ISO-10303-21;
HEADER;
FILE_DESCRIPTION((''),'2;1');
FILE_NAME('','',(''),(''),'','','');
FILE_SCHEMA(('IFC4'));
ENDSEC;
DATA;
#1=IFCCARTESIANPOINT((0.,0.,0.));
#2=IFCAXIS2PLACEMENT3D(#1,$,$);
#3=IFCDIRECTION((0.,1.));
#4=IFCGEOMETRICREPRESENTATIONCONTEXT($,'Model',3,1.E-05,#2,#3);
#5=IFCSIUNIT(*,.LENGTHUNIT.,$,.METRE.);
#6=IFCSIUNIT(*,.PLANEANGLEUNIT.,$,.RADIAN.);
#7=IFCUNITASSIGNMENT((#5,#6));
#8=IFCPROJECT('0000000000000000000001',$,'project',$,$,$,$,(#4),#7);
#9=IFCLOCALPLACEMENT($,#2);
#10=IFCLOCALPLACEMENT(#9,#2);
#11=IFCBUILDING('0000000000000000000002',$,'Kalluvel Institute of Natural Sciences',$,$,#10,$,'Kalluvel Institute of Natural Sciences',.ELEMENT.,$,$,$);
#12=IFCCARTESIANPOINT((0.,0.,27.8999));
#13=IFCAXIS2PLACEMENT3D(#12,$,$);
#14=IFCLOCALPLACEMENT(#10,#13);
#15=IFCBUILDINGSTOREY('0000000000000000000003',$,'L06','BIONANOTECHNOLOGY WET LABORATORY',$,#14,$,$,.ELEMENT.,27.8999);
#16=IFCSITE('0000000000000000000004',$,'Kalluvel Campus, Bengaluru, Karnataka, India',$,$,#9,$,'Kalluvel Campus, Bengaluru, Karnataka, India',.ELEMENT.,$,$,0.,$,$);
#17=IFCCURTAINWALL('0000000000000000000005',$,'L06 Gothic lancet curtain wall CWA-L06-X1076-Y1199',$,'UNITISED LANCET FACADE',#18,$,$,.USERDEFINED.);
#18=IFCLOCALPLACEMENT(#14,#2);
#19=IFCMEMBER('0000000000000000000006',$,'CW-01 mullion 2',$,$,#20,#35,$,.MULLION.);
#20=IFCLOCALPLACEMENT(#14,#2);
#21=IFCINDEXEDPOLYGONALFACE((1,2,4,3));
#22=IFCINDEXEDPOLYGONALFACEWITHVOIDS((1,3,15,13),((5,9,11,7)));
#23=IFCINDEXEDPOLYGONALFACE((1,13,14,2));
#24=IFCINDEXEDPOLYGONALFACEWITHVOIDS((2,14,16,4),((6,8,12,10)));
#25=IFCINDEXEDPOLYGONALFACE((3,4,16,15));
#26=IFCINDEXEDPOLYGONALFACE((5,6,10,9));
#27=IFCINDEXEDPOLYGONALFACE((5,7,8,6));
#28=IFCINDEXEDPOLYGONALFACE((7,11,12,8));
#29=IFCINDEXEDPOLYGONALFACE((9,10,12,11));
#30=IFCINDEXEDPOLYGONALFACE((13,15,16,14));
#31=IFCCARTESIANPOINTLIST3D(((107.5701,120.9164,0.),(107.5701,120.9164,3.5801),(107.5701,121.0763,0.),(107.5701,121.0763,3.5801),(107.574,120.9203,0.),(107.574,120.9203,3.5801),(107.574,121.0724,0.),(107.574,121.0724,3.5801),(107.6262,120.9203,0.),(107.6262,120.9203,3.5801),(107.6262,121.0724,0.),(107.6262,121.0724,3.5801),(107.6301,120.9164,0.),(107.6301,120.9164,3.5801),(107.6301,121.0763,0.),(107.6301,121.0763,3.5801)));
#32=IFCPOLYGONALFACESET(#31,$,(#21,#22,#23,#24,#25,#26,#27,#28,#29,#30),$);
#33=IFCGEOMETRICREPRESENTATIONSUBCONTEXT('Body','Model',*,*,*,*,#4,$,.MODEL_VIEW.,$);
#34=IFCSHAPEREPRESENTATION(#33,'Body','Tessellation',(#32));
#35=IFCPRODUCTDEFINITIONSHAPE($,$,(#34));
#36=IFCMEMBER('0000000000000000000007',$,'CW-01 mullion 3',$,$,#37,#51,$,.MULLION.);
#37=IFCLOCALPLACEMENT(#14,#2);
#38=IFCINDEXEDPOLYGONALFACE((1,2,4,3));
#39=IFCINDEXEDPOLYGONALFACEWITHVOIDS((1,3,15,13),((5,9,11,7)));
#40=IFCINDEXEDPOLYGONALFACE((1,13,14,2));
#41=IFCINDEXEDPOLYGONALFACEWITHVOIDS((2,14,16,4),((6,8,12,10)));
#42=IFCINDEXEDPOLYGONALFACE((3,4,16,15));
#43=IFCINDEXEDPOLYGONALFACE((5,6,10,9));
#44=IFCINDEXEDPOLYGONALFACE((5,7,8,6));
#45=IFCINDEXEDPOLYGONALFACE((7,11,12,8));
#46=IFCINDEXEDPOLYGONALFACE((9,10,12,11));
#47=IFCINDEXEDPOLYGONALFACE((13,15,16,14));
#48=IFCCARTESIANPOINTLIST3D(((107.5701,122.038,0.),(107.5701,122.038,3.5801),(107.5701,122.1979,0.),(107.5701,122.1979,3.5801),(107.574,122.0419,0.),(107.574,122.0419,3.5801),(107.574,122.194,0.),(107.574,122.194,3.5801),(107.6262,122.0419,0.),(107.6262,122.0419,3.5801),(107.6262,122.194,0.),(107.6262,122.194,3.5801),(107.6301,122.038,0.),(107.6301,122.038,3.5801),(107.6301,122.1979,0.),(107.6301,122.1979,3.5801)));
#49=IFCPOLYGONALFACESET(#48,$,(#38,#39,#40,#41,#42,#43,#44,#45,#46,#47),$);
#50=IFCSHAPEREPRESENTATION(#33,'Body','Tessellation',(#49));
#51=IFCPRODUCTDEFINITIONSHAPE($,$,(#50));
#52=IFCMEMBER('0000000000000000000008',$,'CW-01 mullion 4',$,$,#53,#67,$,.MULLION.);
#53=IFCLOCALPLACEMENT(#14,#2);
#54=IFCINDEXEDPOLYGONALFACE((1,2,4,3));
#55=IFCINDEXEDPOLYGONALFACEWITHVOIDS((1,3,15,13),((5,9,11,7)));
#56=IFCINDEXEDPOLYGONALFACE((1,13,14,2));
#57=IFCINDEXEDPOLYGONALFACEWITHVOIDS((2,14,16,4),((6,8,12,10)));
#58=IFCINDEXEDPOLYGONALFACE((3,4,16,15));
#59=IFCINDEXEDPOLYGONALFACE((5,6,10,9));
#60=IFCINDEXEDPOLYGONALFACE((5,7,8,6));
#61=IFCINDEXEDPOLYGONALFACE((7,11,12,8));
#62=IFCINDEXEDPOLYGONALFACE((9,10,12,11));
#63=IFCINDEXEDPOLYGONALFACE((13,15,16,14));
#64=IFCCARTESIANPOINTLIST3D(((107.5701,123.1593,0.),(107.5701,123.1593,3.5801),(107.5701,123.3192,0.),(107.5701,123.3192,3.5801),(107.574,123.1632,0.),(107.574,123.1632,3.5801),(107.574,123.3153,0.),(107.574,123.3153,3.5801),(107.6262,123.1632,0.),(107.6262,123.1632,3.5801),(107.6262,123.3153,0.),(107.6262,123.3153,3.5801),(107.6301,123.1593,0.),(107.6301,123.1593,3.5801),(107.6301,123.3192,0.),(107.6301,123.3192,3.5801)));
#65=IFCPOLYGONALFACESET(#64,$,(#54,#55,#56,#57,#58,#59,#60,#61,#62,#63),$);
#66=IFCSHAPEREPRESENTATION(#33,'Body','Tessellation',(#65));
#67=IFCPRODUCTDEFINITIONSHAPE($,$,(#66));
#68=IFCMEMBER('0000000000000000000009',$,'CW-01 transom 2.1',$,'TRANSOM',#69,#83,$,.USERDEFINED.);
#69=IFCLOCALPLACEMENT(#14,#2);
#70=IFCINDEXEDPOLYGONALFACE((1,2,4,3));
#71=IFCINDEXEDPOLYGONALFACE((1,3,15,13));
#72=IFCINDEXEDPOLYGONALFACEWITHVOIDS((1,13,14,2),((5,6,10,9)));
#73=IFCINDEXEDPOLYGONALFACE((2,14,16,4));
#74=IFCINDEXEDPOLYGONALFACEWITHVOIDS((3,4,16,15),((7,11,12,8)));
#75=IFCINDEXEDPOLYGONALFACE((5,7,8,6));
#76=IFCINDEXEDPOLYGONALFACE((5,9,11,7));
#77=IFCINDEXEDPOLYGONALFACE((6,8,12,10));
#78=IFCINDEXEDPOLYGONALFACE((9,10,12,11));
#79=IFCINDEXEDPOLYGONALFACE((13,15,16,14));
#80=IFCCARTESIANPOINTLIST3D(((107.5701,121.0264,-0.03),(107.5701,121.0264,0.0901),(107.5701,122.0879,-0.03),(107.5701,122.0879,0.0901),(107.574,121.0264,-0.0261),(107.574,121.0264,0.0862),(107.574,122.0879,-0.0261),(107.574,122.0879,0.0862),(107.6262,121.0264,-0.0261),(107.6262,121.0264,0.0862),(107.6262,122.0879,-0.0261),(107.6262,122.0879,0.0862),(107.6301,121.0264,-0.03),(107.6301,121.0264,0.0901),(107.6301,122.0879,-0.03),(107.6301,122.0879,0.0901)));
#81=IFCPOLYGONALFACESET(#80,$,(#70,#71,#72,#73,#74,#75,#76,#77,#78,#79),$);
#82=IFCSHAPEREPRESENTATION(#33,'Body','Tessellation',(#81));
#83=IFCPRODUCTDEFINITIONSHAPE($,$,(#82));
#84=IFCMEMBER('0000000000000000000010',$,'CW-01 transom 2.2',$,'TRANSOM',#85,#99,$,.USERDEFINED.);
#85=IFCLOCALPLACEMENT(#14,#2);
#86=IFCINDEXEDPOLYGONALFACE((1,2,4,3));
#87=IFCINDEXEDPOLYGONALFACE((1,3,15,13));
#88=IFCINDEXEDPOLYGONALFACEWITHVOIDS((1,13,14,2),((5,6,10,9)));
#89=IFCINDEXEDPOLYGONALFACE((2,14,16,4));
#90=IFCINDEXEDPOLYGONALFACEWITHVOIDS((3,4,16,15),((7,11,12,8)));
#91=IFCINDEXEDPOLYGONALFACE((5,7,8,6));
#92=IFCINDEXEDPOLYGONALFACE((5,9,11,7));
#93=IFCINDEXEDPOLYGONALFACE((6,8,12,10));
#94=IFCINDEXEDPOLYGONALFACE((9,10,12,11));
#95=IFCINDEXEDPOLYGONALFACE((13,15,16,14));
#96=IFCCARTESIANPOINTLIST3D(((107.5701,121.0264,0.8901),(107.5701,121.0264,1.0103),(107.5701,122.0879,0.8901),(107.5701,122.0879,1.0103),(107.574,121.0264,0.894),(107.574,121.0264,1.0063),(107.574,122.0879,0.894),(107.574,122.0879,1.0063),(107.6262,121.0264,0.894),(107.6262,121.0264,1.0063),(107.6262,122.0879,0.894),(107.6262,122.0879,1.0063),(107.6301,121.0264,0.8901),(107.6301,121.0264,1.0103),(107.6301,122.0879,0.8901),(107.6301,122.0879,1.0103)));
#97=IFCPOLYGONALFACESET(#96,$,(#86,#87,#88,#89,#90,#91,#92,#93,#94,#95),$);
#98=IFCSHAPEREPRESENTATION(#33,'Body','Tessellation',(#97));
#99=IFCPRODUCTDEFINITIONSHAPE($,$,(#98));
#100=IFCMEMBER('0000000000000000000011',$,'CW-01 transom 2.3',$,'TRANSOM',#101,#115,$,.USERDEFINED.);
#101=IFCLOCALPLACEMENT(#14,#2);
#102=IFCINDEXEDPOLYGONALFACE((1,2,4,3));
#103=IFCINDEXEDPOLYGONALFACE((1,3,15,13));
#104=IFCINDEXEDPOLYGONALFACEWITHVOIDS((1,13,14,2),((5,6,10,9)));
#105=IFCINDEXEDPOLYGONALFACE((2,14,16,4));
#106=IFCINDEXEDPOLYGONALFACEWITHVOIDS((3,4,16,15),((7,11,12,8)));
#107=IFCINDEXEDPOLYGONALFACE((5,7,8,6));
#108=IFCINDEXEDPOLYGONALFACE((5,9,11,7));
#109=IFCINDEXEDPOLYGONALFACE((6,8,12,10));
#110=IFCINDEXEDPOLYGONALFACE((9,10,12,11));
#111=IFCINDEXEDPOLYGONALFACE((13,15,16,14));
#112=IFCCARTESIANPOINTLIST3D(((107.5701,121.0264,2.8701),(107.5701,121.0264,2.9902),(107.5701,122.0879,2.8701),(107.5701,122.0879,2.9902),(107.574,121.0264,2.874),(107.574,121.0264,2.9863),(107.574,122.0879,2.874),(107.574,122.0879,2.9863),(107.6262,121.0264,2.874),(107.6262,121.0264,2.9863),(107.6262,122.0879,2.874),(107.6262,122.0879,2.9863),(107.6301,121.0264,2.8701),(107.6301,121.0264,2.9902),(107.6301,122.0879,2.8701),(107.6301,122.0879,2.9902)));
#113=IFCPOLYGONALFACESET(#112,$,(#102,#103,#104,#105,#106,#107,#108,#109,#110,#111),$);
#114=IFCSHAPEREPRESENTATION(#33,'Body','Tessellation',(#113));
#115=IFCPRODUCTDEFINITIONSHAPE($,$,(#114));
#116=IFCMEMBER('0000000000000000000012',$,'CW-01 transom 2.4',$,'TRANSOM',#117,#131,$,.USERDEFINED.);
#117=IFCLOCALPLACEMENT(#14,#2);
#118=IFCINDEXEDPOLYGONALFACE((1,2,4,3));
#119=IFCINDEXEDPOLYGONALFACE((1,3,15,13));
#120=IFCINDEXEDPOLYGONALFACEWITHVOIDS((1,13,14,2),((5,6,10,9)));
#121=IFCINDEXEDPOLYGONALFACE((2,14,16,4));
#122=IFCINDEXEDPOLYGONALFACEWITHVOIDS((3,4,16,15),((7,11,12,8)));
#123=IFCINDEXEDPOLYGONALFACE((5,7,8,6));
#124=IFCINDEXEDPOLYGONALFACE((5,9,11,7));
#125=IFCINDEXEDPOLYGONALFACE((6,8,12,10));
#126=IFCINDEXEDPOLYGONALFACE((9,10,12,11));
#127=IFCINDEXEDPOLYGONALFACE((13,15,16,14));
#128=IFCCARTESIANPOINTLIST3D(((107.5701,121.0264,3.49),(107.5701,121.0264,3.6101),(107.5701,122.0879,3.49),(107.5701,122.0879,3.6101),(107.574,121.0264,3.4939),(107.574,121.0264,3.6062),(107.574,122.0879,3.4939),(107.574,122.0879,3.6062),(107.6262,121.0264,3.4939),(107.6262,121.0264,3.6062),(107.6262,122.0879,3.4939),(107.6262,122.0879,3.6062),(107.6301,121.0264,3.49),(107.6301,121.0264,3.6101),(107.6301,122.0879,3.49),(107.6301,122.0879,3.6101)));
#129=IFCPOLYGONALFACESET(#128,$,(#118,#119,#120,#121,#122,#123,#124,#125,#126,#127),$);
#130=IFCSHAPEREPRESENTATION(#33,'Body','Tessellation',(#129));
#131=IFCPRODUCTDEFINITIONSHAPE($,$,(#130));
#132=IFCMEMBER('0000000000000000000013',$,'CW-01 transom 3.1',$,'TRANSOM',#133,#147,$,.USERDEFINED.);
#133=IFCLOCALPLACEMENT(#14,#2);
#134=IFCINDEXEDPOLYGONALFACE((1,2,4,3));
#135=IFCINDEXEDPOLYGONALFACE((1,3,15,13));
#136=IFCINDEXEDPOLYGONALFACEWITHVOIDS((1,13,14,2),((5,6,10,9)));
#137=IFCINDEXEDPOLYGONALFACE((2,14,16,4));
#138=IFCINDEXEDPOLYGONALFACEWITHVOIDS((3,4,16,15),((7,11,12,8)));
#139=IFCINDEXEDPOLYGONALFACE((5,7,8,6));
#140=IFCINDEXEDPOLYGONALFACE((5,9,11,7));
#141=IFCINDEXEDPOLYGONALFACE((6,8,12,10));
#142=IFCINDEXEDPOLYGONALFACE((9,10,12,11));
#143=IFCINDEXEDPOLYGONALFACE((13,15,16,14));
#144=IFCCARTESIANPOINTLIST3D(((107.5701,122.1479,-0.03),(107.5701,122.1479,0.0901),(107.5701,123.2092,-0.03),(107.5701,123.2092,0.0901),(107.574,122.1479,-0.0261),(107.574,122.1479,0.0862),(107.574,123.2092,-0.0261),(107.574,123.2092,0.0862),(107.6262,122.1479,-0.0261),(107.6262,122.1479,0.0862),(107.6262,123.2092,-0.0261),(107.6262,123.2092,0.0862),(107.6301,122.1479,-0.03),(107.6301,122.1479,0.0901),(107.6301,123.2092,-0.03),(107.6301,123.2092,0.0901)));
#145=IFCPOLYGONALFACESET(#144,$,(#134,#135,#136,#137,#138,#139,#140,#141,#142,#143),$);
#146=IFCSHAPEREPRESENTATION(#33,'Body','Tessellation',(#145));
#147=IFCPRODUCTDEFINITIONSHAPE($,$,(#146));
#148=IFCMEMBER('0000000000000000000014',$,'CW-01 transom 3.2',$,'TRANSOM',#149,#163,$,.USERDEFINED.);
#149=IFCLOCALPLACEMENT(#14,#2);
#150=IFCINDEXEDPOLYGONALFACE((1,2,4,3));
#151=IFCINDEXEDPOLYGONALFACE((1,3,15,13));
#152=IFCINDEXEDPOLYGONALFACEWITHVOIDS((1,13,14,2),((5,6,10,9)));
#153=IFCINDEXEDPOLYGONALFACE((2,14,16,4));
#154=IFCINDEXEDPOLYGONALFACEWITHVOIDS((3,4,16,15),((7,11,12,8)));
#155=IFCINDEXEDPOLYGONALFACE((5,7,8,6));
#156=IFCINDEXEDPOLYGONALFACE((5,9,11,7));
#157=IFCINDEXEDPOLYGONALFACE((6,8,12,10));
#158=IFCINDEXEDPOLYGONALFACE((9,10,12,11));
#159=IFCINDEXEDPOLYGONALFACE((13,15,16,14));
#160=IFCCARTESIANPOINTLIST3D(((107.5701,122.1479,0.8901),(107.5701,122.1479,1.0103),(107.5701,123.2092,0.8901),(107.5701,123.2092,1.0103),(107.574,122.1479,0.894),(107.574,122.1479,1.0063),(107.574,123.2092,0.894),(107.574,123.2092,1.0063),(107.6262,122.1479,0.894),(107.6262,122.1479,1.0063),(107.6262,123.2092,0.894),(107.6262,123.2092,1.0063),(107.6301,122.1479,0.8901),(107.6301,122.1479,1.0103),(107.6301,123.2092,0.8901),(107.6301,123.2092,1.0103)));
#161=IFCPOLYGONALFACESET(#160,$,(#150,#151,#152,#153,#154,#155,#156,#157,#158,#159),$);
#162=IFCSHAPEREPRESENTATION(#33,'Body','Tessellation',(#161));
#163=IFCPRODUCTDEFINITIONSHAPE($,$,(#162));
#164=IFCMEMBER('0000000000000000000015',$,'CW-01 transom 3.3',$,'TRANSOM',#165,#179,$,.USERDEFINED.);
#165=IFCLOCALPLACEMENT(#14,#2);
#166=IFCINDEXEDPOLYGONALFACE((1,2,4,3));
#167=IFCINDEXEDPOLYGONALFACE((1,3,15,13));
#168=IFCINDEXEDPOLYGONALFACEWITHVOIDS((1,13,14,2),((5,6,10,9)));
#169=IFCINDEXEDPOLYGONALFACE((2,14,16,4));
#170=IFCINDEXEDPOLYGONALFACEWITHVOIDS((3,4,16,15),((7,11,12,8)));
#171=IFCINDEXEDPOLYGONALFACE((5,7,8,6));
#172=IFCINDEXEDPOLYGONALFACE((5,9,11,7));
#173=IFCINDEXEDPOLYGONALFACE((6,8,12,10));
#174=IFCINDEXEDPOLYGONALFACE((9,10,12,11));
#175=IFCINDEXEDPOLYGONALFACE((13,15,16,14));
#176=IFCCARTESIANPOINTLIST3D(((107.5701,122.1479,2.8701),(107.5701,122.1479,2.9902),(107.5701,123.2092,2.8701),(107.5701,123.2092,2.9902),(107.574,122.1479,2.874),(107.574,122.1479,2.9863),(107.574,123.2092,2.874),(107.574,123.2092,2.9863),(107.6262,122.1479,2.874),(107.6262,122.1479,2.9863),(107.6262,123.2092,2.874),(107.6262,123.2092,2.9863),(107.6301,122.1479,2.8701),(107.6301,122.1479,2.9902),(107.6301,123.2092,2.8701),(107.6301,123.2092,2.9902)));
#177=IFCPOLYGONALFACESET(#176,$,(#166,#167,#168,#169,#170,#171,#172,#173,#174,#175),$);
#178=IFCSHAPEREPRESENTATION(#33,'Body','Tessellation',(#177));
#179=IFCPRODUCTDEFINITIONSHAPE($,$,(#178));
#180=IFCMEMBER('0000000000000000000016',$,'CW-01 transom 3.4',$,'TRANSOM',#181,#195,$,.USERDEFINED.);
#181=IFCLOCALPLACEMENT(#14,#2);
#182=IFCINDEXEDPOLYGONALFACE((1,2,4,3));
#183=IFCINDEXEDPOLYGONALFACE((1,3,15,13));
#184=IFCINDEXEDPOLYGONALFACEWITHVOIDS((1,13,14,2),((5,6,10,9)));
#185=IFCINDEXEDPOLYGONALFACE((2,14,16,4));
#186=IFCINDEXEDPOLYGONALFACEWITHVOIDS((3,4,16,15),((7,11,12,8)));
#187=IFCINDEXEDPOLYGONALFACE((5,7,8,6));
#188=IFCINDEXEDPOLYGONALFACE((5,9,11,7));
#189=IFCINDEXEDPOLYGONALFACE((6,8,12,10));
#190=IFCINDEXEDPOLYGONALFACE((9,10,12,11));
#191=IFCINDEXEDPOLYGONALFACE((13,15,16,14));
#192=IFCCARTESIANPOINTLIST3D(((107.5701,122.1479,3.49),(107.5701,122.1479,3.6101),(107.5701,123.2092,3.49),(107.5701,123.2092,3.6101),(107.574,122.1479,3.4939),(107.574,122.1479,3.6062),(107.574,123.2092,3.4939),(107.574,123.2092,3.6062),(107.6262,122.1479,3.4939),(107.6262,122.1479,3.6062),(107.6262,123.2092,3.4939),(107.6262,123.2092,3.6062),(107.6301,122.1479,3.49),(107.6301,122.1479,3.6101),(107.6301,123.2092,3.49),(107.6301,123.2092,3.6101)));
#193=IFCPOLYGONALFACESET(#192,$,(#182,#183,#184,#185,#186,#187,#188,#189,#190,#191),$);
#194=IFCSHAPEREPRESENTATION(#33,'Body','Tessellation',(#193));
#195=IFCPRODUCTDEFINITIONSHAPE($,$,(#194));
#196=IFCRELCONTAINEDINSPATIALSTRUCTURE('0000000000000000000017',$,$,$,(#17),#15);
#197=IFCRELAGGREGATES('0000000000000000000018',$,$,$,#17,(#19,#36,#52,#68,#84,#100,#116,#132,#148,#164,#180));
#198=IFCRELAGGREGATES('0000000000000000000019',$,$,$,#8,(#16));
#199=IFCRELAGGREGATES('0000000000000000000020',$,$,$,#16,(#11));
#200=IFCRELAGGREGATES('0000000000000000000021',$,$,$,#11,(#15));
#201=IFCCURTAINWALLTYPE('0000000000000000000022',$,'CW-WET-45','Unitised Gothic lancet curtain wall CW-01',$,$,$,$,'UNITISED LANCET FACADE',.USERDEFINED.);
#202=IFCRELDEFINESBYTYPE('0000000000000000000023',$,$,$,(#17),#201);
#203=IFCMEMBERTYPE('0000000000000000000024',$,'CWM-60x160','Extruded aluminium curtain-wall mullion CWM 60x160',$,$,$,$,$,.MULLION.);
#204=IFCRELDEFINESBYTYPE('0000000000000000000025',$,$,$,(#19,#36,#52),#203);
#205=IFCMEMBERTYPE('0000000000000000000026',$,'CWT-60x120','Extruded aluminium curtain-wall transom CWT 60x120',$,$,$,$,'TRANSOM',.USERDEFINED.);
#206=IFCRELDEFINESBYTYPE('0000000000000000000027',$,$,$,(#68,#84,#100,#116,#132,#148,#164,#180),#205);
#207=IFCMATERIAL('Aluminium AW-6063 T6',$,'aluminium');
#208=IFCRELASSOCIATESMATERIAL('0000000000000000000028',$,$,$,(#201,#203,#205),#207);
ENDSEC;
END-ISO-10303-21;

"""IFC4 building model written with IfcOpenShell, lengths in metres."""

from ifc_helpers import new_model, si_unit, direction, frame, origin, origin_2d, place, context, subcontext, project, spatial, hollow_rectangle, extrude, material, material_profile, profile_set, type_object, element, aggregate, save


model = new_model("IFC4")

# Units and contexts
model_context = context("Model", 3, precision=1e-05, world=origin(), true_north=direction((0.0, 1.0)))
body_context = subcontext(model_context, "Body", "Model", "MODEL_VIEW")
ifc_project = project(units=[si_unit("LENGTHUNIT", "METRE"), si_unit("PLANEANGLEUNIT", "RADIAN")], contexts=[model_context])

# Site, building, storey
site_placement = place(None, origin())
site = spatial("IfcSite", under=ifc_project, at=site_placement, Name="Kalluvel Campus, Bengaluru, Karnataka, India", LongName="Kalluvel Campus, Bengaluru, Karnataka, India", CompositionType="ELEMENT", RefElevation=0.0)
building_placement = place(site_placement, origin())
building = spatial("IfcBuilding", under=site, at=building_placement, Name="Kalluvel Institute of Natural Sciences", LongName="Kalluvel Institute of Natural Sciences", CompositionType="ELEMENT")
storey_placement = place(building_placement, frame((0.0, 0.0, 27.8999)))
storey = spatial("IfcBuildingStorey", under=building, at=storey_placement, Name="L06", Description="BIONANOTECHNOLOGY WET LABORATORY", CompositionType="ELEMENT", Elevation=27.8999)

# Curtain wall, members
ifc_material_1 = material(Name="Aluminium AW-6063 T6", Category="aluminium")
curtain_wall_type = type_object("IfcCurtainWallType", Name="CW-WET-45", Description="Unitised Gothic lancet curtain wall CW-01", ElementType="UNITISED LANCET FACADE", PredefinedType="USERDEFINED", material=ifc_material_1)
curtain_wall_placement = place(storey_placement, origin())
curtain_wall = element("IfcCurtainWall", 1, at=curtain_wall_placement, inside=storey, type_object=curtain_wall_type, Name="L06 Gothic lancet curtain wall CWA-L06-X1076-Y1199", ObjectType="UNITISED LANCET FACADE", PredefinedType="USERDEFINED")
ifc_material_profile_1 = material_profile(ifc_material_1, hollow_rectangle(XDim=0.0601, YDim=0.1599, WallThickness=0.0039, at=origin_2d()), Name="CWM 60x160")
ifc_profile_set_1 = profile_set([ifc_material_profile_1], Name="Aluminium AW-6063 T6")
member_type_1 = type_object("IfcMemberType", Name="CWM-60x160", Description="Extruded aluminium curtain-wall mullion CWM 60x160", PredefinedType="MULLION", material=ifc_profile_set_1)
member_1_placement = place(storey_placement, frame((107.6001, 120.9963, 0.0), z_axis=(0.0, 0.0, 1.0), x_axis=(-1.0, 0.0, 0.0)))
member_1 = element("IfcMember", 2, at=member_1_placement, type_object=member_type_1, Name="CW-01 mullion 2", PredefinedType="MULLION", context=body_context, shape_type="SweptSolid", body=[
    extrude(hollow_rectangle(XDim=0.0601, YDim=0.1599, WallThickness=0.0039, at=origin_2d()), origin(), (0.0, 0.0, 1.0), 3.5801),
])
member_2_placement = place(storey_placement, frame((107.6001, 122.1179, 0.0), z_axis=(0.0, 0.0, 1.0), x_axis=(-1.0, 0.0, 0.0)))
member_2 = element("IfcMember", 3, at=member_2_placement, type_object=member_type_1, Name="CW-01 mullion 3", PredefinedType="MULLION", context=body_context, shape_type="SweptSolid", body=[
    extrude(hollow_rectangle(XDim=0.0601, YDim=0.1599, WallThickness=0.0039, at=origin_2d()), origin(), (0.0, 0.0, 1.0), 3.5801),
])
member_3_placement = place(storey_placement, frame((107.6001, 123.2393, 0.0), z_axis=(0.0, 0.0, 1.0), x_axis=(-1.0, 0.0, 0.0)))
member_3 = element("IfcMember", 4, at=member_3_placement, type_object=member_type_1, Name="CW-01 mullion 4", PredefinedType="MULLION", context=body_context, shape_type="SweptSolid", body=[
    extrude(hollow_rectangle(XDim=0.0601, YDim=0.1599, WallThickness=0.0039, at=origin_2d()), origin(), (0.0, 0.0, 1.0), 3.5801),
])
ifc_material_profile_2 = material_profile(ifc_material_1, hollow_rectangle(XDim=0.0601, YDim=0.1201, WallThickness=0.0039, at=origin_2d()), Name="CWT 60x120")
ifc_profile_set_2 = profile_set([ifc_material_profile_2], Name="Aluminium AW-6063 T6")
member_type_2 = type_object("IfcMemberType", Name="CWT-60x120", Description="Extruded aluminium curtain-wall transom CWT 60x120", ElementType="TRANSOM", PredefinedType="USERDEFINED", material=ifc_profile_set_2)
member_4_placement = place(storey_placement, frame((107.6001, 121.0264, 0.03), z_axis=(0.0, 1.0, 0.0), x_axis=(-1.0, 0.0, 0.0)))
member_4 = element("IfcMember", 5, at=member_4_placement, type_object=member_type_2, Name="CW-01 transom 2.1", ObjectType="TRANSOM", PredefinedType="USERDEFINED", context=body_context, shape_type="SweptSolid", body=[
    extrude(hollow_rectangle(XDim=0.0601, YDim=0.1201, WallThickness=0.0039, at=origin_2d()), origin(), (0.0, 0.0, 1.0), 1.0615),
])
member_5_placement = place(storey_placement, frame((107.6001, 121.0264, 0.9502), z_axis=(0.0, 1.0, 0.0), x_axis=(-1.0, 0.0, 0.0)))
member_5 = element("IfcMember", 6, at=member_5_placement, type_object=member_type_2, Name="CW-01 transom 2.2", ObjectType="TRANSOM", PredefinedType="USERDEFINED", context=body_context, shape_type="SweptSolid", body=[
    extrude(hollow_rectangle(XDim=0.0601, YDim=0.1201, WallThickness=0.0039, at=origin_2d()), origin(), (0.0, 0.0, 1.0), 1.0615),
])
member_6_placement = place(storey_placement, frame((107.6001, 121.0264, 2.9302), z_axis=(0.0, 1.0, 0.0), x_axis=(-1.0, 0.0, 0.0)))
member_6 = element("IfcMember", 7, at=member_6_placement, type_object=member_type_2, Name="CW-01 transom 2.3", ObjectType="TRANSOM", PredefinedType="USERDEFINED", context=body_context, shape_type="SweptSolid", body=[
    extrude(hollow_rectangle(XDim=0.0601, YDim=0.1201, WallThickness=0.0039, at=origin_2d()), origin(), (0.0, 0.0, 1.0), 1.0615),
])
member_7_placement = place(storey_placement, frame((107.6001, 121.0264, 3.55), z_axis=(0.0, 1.0, 0.0), x_axis=(-1.0, 0.0, 0.0)))
member_7 = element("IfcMember", 8, at=member_7_placement, type_object=member_type_2, Name="CW-01 transom 2.4", ObjectType="TRANSOM", PredefinedType="USERDEFINED", context=body_context, shape_type="SweptSolid", body=[
    extrude(hollow_rectangle(XDim=0.0601, YDim=0.1201, WallThickness=0.0039, at=origin_2d()), origin(), (0.0, 0.0, 1.0), 1.0615),
])
member_8_placement = place(storey_placement, frame((107.6001, 122.1479, 0.03), z_axis=(0.0, 1.0, 0.0), x_axis=(-1.0, 0.0, 0.0)))
member_8 = element("IfcMember", 9, at=member_8_placement, type_object=member_type_2, Name="CW-01 transom 3.1", ObjectType="TRANSOM", PredefinedType="USERDEFINED", context=body_context, shape_type="SweptSolid", body=[
    extrude(hollow_rectangle(XDim=0.0601, YDim=0.1201, WallThickness=0.0039, at=origin_2d()), origin(), (0.0, 0.0, 1.0), 1.0613),
])
member_9_placement = place(storey_placement, frame((107.6001, 122.1479, 0.9502), z_axis=(0.0, 1.0, 0.0), x_axis=(-1.0, 0.0, 0.0)))
member_9 = element("IfcMember", 10, at=member_9_placement, type_object=member_type_2, Name="CW-01 transom 3.2", ObjectType="TRANSOM", PredefinedType="USERDEFINED", context=body_context, shape_type="SweptSolid", body=[
    extrude(hollow_rectangle(XDim=0.0601, YDim=0.1201, WallThickness=0.0039, at=origin_2d()), origin(), (0.0, 0.0, 1.0), 1.0613),
])
member_10_placement = place(storey_placement, frame((107.6001, 122.1479, 2.9302), z_axis=(0.0, 1.0, 0.0), x_axis=(-1.0, 0.0, 0.0)))
member_10 = element("IfcMember", 11, at=member_10_placement, type_object=member_type_2, Name="CW-01 transom 3.3", ObjectType="TRANSOM", PredefinedType="USERDEFINED", context=body_context, shape_type="SweptSolid", body=[
    extrude(hollow_rectangle(XDim=0.0601, YDim=0.1201, WallThickness=0.0039, at=origin_2d()), origin(), (0.0, 0.0, 1.0), 1.0613),
])
member_11_placement = place(storey_placement, frame((107.6001, 122.1479, 3.55), z_axis=(0.0, 1.0, 0.0), x_axis=(-1.0, 0.0, 0.0)))
member_11 = element("IfcMember", 12, at=member_11_placement, type_object=member_type_2, Name="CW-01 transom 3.4", ObjectType="TRANSOM", PredefinedType="USERDEFINED", context=body_context, shape_type="SweptSolid", body=[
    extrude(hollow_rectangle(XDim=0.0601, YDim=0.1201, WallThickness=0.0039, at=origin_2d()), origin(), (0.0, 0.0, 1.0), 1.0613),
])
aggregate(curtain_wall, [member_1, member_2, member_3, member_4, member_5, member_6, member_7, member_8, member_9, member_10, member_11])

save(model, "model.ifc")
